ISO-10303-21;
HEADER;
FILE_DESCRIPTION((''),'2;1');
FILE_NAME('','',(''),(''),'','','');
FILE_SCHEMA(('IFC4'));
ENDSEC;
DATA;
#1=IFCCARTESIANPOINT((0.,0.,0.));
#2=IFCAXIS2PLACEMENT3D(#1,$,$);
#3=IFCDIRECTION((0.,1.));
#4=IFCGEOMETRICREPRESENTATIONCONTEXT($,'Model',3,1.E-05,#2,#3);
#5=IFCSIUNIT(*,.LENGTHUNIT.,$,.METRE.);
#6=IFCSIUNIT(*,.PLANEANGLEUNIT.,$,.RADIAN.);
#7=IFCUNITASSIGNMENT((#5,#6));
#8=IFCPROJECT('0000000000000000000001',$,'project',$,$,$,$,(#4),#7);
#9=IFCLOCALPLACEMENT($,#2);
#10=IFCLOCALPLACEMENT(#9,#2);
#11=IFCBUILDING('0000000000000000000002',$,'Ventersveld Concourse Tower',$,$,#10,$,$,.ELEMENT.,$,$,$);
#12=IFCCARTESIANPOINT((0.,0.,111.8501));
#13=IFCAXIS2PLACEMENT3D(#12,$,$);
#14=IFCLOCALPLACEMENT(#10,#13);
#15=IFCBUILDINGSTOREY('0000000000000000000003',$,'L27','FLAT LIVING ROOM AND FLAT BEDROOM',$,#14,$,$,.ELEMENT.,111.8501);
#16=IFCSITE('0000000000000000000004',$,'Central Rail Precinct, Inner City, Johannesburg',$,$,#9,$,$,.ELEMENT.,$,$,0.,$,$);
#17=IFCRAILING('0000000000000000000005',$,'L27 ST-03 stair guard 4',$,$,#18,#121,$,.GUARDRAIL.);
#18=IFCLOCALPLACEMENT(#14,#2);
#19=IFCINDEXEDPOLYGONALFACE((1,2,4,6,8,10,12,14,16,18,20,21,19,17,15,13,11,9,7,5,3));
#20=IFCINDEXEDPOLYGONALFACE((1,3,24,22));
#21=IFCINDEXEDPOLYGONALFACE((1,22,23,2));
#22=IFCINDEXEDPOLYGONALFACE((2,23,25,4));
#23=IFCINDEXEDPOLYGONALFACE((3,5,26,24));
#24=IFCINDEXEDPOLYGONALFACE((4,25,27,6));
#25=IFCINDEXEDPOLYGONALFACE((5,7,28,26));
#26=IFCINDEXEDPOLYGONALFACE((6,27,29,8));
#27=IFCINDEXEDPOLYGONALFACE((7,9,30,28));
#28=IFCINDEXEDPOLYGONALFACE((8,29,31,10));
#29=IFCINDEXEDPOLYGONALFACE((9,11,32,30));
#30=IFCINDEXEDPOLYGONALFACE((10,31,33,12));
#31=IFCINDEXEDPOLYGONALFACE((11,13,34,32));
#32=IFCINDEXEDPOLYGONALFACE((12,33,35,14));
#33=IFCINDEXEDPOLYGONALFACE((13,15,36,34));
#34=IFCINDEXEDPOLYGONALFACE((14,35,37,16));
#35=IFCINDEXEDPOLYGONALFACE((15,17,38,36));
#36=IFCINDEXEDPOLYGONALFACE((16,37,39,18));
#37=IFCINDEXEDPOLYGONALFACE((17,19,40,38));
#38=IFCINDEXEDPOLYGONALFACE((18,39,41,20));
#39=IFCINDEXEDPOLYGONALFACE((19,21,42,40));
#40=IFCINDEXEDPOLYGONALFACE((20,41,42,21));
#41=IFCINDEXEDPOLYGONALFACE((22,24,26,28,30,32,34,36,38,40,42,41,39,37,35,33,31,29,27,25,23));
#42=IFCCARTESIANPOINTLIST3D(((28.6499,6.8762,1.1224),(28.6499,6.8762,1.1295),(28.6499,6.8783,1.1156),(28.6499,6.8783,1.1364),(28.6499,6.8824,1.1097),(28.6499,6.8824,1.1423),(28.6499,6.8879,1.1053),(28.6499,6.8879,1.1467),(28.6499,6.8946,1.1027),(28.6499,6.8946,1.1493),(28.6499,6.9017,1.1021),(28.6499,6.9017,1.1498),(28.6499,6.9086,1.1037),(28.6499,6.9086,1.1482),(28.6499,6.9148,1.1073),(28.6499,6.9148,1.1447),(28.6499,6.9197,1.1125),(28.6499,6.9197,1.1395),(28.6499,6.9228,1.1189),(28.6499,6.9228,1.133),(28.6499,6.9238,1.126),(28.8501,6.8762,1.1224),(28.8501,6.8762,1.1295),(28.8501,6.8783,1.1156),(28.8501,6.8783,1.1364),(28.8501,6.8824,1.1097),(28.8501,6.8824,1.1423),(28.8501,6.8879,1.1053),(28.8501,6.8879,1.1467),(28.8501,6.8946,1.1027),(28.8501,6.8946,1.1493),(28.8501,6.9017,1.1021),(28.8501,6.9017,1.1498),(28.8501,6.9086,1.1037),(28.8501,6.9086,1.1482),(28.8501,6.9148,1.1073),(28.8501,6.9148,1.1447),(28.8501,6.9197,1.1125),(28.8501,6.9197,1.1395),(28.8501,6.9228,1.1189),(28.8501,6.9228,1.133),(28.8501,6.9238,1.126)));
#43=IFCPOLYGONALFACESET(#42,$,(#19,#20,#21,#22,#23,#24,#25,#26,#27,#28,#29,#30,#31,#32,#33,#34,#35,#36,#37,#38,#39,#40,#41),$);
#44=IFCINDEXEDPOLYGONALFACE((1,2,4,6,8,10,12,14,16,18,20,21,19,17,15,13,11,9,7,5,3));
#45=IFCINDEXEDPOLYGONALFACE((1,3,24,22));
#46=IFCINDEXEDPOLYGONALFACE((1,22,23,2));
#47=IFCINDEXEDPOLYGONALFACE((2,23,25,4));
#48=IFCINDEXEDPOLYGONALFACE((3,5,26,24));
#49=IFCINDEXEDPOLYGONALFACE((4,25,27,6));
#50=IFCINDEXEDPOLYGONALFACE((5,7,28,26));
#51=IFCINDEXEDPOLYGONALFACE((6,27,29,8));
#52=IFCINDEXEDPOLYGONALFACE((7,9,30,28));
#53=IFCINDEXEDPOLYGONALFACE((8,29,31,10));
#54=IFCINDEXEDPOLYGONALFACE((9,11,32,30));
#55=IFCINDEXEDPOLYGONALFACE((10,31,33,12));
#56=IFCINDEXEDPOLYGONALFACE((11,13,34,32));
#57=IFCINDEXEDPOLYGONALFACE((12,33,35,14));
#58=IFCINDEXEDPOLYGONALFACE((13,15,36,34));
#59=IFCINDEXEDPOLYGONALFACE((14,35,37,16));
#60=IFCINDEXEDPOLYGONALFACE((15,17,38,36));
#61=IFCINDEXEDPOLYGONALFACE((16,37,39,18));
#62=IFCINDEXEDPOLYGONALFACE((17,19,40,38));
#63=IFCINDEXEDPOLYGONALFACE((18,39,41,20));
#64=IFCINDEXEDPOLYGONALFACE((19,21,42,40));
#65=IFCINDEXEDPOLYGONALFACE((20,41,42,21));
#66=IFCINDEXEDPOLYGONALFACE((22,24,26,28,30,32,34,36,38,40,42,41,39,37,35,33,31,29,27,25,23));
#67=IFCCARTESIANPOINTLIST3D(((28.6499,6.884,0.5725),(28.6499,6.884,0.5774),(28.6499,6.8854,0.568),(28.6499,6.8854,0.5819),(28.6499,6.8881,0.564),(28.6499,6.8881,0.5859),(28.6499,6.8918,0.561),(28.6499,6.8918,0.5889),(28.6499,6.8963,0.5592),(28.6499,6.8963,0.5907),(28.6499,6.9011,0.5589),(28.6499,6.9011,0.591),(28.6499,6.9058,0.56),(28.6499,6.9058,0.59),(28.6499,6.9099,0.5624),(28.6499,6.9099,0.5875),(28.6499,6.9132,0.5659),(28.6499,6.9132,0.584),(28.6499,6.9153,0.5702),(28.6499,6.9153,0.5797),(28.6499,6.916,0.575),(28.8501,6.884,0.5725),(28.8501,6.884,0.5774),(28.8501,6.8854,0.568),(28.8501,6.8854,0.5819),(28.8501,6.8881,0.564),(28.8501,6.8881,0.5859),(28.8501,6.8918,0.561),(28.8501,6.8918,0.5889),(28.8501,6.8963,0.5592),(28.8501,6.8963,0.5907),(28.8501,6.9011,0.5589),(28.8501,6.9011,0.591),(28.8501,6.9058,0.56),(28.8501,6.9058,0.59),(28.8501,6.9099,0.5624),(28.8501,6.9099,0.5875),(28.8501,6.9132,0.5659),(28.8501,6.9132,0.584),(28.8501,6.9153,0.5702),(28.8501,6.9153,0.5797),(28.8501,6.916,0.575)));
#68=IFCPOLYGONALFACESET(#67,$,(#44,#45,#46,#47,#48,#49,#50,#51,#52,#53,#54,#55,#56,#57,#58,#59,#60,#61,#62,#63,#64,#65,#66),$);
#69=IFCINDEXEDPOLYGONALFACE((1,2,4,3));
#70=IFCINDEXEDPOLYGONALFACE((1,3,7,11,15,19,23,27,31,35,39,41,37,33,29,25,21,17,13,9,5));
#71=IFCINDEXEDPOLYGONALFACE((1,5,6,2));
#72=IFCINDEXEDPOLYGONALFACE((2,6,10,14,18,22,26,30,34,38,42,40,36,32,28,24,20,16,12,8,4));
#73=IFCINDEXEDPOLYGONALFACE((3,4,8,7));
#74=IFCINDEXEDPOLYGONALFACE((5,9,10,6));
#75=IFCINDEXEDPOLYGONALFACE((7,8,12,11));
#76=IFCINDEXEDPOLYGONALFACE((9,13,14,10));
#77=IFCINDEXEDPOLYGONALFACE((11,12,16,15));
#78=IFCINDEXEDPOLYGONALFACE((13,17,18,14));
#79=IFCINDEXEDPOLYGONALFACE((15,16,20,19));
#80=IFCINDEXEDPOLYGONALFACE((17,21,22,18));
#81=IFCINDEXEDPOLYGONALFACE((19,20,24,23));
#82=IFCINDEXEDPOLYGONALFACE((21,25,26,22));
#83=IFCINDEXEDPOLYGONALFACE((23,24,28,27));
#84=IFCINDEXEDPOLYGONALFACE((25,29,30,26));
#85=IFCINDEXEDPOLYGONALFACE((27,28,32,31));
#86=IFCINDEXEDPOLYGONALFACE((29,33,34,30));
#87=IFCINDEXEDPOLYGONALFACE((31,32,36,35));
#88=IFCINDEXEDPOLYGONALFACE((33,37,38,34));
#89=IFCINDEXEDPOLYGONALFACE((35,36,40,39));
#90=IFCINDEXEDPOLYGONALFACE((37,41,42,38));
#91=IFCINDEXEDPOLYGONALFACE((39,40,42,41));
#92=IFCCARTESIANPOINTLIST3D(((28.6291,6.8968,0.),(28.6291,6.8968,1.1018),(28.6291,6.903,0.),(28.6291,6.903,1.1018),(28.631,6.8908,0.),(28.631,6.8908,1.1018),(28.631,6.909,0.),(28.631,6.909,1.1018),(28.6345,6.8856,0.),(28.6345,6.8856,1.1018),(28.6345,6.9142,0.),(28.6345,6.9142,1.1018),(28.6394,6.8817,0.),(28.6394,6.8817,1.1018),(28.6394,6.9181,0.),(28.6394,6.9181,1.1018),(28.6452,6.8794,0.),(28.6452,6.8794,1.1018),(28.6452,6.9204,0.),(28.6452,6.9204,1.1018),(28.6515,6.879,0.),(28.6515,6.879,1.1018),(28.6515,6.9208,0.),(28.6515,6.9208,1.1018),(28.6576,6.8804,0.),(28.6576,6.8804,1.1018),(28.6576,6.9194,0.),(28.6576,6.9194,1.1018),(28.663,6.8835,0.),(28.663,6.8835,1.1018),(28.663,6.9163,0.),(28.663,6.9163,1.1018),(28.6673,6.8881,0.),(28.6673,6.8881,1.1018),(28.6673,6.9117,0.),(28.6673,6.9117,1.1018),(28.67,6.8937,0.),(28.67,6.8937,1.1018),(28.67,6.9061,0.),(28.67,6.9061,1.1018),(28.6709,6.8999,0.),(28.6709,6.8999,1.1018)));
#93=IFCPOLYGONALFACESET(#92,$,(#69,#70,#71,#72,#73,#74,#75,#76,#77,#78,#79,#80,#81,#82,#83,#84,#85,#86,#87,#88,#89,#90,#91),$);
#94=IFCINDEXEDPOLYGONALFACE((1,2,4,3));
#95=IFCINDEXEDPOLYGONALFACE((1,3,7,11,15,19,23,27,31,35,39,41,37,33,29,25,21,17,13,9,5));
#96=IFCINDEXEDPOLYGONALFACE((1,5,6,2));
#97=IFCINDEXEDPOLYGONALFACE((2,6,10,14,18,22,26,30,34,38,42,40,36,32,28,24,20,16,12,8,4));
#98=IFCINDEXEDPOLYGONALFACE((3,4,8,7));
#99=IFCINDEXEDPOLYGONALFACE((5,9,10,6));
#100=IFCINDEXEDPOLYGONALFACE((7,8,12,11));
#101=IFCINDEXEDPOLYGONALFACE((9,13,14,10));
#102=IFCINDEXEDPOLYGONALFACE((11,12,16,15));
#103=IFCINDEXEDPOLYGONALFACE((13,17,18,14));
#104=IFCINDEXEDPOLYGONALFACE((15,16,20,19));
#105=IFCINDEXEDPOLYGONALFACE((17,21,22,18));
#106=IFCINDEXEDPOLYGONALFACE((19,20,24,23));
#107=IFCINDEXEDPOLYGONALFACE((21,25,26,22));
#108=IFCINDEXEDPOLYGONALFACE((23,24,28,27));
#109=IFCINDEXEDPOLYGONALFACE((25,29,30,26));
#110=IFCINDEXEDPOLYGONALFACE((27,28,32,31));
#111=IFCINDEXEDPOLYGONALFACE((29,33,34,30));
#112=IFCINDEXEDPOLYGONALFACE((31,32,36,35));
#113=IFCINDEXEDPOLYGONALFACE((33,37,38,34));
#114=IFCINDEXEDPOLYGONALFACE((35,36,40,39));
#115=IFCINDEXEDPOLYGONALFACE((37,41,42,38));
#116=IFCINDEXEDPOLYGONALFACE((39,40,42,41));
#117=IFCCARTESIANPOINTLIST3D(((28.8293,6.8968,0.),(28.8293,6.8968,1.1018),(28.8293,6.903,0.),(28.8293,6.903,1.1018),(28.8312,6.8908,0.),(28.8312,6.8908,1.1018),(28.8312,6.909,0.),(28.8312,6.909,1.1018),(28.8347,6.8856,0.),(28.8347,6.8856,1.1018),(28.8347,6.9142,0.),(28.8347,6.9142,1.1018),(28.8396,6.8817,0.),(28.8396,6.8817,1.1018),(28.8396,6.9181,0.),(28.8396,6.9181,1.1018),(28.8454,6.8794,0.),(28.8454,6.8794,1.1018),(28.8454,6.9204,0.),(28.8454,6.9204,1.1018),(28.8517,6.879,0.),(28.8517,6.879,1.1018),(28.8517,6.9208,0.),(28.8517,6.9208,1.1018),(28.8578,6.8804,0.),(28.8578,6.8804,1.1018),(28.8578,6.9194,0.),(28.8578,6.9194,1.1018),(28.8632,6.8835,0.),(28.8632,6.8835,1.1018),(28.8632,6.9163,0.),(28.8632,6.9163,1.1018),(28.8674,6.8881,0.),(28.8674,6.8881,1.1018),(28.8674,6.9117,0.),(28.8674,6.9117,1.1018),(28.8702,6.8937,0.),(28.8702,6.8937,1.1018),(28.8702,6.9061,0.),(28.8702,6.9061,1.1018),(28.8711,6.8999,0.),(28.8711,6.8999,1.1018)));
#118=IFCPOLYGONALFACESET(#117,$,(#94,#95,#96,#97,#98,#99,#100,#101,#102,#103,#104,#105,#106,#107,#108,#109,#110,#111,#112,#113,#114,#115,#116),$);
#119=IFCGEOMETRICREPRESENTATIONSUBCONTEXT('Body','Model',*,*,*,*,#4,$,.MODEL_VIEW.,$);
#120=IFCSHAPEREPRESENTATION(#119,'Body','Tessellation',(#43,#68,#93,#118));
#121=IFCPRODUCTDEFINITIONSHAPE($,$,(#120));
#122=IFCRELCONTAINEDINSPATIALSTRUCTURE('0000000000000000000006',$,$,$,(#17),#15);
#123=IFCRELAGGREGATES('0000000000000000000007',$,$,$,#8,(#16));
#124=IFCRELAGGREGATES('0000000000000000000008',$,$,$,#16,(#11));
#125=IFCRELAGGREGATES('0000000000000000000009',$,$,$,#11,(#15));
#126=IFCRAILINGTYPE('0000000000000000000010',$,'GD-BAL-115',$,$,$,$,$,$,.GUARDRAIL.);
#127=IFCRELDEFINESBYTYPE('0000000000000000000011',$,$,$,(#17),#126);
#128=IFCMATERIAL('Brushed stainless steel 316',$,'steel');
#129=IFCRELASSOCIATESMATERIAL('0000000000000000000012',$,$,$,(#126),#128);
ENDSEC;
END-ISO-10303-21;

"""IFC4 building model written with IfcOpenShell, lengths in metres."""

from ifc_helpers import new_model, si_unit, direction, frame, origin, origin_2d, place, context, subcontext, project, spatial, circle, extrude, material, type_object, element, save


model = new_model("IFC4")

# Units and contexts
model_context = context("Model", 3, precision=1e-05, world=origin(), true_north=direction((0.0, 1.0)))
body_context = subcontext(model_context, "Body", "Model", "MODEL_VIEW")
ifc_project = project(units=[si_unit("LENGTHUNIT", "METRE"), si_unit("PLANEANGLEUNIT", "RADIAN")], contexts=[model_context])

# Site, building, storey
site_placement = place(None, origin())
site = spatial("IfcSite", under=ifc_project, at=site_placement, Name="Central Rail Precinct, Inner City, Johannesburg", CompositionType="ELEMENT", RefElevation=0.0)
building_placement = place(site_placement, origin())
building = spatial("IfcBuilding", under=site, at=building_placement, Name="Ventersveld Concourse Tower", CompositionType="ELEMENT")
storey_placement = place(building_placement, frame((0.0, 0.0, 111.8501)))
storey = spatial("IfcBuildingStorey", under=building, at=storey_placement, Name="L27", Description="FLAT LIVING ROOM AND FLAT BEDROOM", CompositionType="ELEMENT", Elevation=111.8501)

# Shared definitions
ifc_material_1 = material(Name="Brushed stainless steel 316", Category="steel")

# Railing
railing_type_1 = type_object("IfcRailingType", Name="GD-BAL-115", PredefinedType="GUARDRAIL", material=ifc_material_1)
railing_1_placement = place(storey_placement, frame((28.6499, 6.8999, 0.0)))
element("IfcRailing", 1, at=railing_1_placement, inside=storey, type_object=railing_type_1, Name="L27 ST-03 stair guard 4", PredefinedType="GUARDRAIL", context=body_context, shape_type="SweptSolid", body=[
    extrude(circle(Radius=0.0239, at=origin_2d()), frame((0.0, 0.0, 1.126), z_axis=(1.0, 0.0, 0.0), x_axis=(0.0, 1.0, 0.0)), (0.0, 0.0, 1.0), 0.2002),
    extrude(circle(Radius=0.0161, at=origin_2d()), frame((0.0, 0.0, 0.575), z_axis=(1.0, 0.0, 0.0), x_axis=(0.0, 1.0, 0.0)), (0.0, 0.0, 1.0), 0.2002),
    extrude(circle(Radius=0.021, at=origin_2d()), origin(), (0.0, 0.0, 1.0), 1.1018),
    extrude(circle(Radius=0.021, at=origin_2d()), frame((0.2002, 0.0, 0.0)), (0.0, 0.0, 1.0), 1.1018),
])

save(model, "model.ifc")
